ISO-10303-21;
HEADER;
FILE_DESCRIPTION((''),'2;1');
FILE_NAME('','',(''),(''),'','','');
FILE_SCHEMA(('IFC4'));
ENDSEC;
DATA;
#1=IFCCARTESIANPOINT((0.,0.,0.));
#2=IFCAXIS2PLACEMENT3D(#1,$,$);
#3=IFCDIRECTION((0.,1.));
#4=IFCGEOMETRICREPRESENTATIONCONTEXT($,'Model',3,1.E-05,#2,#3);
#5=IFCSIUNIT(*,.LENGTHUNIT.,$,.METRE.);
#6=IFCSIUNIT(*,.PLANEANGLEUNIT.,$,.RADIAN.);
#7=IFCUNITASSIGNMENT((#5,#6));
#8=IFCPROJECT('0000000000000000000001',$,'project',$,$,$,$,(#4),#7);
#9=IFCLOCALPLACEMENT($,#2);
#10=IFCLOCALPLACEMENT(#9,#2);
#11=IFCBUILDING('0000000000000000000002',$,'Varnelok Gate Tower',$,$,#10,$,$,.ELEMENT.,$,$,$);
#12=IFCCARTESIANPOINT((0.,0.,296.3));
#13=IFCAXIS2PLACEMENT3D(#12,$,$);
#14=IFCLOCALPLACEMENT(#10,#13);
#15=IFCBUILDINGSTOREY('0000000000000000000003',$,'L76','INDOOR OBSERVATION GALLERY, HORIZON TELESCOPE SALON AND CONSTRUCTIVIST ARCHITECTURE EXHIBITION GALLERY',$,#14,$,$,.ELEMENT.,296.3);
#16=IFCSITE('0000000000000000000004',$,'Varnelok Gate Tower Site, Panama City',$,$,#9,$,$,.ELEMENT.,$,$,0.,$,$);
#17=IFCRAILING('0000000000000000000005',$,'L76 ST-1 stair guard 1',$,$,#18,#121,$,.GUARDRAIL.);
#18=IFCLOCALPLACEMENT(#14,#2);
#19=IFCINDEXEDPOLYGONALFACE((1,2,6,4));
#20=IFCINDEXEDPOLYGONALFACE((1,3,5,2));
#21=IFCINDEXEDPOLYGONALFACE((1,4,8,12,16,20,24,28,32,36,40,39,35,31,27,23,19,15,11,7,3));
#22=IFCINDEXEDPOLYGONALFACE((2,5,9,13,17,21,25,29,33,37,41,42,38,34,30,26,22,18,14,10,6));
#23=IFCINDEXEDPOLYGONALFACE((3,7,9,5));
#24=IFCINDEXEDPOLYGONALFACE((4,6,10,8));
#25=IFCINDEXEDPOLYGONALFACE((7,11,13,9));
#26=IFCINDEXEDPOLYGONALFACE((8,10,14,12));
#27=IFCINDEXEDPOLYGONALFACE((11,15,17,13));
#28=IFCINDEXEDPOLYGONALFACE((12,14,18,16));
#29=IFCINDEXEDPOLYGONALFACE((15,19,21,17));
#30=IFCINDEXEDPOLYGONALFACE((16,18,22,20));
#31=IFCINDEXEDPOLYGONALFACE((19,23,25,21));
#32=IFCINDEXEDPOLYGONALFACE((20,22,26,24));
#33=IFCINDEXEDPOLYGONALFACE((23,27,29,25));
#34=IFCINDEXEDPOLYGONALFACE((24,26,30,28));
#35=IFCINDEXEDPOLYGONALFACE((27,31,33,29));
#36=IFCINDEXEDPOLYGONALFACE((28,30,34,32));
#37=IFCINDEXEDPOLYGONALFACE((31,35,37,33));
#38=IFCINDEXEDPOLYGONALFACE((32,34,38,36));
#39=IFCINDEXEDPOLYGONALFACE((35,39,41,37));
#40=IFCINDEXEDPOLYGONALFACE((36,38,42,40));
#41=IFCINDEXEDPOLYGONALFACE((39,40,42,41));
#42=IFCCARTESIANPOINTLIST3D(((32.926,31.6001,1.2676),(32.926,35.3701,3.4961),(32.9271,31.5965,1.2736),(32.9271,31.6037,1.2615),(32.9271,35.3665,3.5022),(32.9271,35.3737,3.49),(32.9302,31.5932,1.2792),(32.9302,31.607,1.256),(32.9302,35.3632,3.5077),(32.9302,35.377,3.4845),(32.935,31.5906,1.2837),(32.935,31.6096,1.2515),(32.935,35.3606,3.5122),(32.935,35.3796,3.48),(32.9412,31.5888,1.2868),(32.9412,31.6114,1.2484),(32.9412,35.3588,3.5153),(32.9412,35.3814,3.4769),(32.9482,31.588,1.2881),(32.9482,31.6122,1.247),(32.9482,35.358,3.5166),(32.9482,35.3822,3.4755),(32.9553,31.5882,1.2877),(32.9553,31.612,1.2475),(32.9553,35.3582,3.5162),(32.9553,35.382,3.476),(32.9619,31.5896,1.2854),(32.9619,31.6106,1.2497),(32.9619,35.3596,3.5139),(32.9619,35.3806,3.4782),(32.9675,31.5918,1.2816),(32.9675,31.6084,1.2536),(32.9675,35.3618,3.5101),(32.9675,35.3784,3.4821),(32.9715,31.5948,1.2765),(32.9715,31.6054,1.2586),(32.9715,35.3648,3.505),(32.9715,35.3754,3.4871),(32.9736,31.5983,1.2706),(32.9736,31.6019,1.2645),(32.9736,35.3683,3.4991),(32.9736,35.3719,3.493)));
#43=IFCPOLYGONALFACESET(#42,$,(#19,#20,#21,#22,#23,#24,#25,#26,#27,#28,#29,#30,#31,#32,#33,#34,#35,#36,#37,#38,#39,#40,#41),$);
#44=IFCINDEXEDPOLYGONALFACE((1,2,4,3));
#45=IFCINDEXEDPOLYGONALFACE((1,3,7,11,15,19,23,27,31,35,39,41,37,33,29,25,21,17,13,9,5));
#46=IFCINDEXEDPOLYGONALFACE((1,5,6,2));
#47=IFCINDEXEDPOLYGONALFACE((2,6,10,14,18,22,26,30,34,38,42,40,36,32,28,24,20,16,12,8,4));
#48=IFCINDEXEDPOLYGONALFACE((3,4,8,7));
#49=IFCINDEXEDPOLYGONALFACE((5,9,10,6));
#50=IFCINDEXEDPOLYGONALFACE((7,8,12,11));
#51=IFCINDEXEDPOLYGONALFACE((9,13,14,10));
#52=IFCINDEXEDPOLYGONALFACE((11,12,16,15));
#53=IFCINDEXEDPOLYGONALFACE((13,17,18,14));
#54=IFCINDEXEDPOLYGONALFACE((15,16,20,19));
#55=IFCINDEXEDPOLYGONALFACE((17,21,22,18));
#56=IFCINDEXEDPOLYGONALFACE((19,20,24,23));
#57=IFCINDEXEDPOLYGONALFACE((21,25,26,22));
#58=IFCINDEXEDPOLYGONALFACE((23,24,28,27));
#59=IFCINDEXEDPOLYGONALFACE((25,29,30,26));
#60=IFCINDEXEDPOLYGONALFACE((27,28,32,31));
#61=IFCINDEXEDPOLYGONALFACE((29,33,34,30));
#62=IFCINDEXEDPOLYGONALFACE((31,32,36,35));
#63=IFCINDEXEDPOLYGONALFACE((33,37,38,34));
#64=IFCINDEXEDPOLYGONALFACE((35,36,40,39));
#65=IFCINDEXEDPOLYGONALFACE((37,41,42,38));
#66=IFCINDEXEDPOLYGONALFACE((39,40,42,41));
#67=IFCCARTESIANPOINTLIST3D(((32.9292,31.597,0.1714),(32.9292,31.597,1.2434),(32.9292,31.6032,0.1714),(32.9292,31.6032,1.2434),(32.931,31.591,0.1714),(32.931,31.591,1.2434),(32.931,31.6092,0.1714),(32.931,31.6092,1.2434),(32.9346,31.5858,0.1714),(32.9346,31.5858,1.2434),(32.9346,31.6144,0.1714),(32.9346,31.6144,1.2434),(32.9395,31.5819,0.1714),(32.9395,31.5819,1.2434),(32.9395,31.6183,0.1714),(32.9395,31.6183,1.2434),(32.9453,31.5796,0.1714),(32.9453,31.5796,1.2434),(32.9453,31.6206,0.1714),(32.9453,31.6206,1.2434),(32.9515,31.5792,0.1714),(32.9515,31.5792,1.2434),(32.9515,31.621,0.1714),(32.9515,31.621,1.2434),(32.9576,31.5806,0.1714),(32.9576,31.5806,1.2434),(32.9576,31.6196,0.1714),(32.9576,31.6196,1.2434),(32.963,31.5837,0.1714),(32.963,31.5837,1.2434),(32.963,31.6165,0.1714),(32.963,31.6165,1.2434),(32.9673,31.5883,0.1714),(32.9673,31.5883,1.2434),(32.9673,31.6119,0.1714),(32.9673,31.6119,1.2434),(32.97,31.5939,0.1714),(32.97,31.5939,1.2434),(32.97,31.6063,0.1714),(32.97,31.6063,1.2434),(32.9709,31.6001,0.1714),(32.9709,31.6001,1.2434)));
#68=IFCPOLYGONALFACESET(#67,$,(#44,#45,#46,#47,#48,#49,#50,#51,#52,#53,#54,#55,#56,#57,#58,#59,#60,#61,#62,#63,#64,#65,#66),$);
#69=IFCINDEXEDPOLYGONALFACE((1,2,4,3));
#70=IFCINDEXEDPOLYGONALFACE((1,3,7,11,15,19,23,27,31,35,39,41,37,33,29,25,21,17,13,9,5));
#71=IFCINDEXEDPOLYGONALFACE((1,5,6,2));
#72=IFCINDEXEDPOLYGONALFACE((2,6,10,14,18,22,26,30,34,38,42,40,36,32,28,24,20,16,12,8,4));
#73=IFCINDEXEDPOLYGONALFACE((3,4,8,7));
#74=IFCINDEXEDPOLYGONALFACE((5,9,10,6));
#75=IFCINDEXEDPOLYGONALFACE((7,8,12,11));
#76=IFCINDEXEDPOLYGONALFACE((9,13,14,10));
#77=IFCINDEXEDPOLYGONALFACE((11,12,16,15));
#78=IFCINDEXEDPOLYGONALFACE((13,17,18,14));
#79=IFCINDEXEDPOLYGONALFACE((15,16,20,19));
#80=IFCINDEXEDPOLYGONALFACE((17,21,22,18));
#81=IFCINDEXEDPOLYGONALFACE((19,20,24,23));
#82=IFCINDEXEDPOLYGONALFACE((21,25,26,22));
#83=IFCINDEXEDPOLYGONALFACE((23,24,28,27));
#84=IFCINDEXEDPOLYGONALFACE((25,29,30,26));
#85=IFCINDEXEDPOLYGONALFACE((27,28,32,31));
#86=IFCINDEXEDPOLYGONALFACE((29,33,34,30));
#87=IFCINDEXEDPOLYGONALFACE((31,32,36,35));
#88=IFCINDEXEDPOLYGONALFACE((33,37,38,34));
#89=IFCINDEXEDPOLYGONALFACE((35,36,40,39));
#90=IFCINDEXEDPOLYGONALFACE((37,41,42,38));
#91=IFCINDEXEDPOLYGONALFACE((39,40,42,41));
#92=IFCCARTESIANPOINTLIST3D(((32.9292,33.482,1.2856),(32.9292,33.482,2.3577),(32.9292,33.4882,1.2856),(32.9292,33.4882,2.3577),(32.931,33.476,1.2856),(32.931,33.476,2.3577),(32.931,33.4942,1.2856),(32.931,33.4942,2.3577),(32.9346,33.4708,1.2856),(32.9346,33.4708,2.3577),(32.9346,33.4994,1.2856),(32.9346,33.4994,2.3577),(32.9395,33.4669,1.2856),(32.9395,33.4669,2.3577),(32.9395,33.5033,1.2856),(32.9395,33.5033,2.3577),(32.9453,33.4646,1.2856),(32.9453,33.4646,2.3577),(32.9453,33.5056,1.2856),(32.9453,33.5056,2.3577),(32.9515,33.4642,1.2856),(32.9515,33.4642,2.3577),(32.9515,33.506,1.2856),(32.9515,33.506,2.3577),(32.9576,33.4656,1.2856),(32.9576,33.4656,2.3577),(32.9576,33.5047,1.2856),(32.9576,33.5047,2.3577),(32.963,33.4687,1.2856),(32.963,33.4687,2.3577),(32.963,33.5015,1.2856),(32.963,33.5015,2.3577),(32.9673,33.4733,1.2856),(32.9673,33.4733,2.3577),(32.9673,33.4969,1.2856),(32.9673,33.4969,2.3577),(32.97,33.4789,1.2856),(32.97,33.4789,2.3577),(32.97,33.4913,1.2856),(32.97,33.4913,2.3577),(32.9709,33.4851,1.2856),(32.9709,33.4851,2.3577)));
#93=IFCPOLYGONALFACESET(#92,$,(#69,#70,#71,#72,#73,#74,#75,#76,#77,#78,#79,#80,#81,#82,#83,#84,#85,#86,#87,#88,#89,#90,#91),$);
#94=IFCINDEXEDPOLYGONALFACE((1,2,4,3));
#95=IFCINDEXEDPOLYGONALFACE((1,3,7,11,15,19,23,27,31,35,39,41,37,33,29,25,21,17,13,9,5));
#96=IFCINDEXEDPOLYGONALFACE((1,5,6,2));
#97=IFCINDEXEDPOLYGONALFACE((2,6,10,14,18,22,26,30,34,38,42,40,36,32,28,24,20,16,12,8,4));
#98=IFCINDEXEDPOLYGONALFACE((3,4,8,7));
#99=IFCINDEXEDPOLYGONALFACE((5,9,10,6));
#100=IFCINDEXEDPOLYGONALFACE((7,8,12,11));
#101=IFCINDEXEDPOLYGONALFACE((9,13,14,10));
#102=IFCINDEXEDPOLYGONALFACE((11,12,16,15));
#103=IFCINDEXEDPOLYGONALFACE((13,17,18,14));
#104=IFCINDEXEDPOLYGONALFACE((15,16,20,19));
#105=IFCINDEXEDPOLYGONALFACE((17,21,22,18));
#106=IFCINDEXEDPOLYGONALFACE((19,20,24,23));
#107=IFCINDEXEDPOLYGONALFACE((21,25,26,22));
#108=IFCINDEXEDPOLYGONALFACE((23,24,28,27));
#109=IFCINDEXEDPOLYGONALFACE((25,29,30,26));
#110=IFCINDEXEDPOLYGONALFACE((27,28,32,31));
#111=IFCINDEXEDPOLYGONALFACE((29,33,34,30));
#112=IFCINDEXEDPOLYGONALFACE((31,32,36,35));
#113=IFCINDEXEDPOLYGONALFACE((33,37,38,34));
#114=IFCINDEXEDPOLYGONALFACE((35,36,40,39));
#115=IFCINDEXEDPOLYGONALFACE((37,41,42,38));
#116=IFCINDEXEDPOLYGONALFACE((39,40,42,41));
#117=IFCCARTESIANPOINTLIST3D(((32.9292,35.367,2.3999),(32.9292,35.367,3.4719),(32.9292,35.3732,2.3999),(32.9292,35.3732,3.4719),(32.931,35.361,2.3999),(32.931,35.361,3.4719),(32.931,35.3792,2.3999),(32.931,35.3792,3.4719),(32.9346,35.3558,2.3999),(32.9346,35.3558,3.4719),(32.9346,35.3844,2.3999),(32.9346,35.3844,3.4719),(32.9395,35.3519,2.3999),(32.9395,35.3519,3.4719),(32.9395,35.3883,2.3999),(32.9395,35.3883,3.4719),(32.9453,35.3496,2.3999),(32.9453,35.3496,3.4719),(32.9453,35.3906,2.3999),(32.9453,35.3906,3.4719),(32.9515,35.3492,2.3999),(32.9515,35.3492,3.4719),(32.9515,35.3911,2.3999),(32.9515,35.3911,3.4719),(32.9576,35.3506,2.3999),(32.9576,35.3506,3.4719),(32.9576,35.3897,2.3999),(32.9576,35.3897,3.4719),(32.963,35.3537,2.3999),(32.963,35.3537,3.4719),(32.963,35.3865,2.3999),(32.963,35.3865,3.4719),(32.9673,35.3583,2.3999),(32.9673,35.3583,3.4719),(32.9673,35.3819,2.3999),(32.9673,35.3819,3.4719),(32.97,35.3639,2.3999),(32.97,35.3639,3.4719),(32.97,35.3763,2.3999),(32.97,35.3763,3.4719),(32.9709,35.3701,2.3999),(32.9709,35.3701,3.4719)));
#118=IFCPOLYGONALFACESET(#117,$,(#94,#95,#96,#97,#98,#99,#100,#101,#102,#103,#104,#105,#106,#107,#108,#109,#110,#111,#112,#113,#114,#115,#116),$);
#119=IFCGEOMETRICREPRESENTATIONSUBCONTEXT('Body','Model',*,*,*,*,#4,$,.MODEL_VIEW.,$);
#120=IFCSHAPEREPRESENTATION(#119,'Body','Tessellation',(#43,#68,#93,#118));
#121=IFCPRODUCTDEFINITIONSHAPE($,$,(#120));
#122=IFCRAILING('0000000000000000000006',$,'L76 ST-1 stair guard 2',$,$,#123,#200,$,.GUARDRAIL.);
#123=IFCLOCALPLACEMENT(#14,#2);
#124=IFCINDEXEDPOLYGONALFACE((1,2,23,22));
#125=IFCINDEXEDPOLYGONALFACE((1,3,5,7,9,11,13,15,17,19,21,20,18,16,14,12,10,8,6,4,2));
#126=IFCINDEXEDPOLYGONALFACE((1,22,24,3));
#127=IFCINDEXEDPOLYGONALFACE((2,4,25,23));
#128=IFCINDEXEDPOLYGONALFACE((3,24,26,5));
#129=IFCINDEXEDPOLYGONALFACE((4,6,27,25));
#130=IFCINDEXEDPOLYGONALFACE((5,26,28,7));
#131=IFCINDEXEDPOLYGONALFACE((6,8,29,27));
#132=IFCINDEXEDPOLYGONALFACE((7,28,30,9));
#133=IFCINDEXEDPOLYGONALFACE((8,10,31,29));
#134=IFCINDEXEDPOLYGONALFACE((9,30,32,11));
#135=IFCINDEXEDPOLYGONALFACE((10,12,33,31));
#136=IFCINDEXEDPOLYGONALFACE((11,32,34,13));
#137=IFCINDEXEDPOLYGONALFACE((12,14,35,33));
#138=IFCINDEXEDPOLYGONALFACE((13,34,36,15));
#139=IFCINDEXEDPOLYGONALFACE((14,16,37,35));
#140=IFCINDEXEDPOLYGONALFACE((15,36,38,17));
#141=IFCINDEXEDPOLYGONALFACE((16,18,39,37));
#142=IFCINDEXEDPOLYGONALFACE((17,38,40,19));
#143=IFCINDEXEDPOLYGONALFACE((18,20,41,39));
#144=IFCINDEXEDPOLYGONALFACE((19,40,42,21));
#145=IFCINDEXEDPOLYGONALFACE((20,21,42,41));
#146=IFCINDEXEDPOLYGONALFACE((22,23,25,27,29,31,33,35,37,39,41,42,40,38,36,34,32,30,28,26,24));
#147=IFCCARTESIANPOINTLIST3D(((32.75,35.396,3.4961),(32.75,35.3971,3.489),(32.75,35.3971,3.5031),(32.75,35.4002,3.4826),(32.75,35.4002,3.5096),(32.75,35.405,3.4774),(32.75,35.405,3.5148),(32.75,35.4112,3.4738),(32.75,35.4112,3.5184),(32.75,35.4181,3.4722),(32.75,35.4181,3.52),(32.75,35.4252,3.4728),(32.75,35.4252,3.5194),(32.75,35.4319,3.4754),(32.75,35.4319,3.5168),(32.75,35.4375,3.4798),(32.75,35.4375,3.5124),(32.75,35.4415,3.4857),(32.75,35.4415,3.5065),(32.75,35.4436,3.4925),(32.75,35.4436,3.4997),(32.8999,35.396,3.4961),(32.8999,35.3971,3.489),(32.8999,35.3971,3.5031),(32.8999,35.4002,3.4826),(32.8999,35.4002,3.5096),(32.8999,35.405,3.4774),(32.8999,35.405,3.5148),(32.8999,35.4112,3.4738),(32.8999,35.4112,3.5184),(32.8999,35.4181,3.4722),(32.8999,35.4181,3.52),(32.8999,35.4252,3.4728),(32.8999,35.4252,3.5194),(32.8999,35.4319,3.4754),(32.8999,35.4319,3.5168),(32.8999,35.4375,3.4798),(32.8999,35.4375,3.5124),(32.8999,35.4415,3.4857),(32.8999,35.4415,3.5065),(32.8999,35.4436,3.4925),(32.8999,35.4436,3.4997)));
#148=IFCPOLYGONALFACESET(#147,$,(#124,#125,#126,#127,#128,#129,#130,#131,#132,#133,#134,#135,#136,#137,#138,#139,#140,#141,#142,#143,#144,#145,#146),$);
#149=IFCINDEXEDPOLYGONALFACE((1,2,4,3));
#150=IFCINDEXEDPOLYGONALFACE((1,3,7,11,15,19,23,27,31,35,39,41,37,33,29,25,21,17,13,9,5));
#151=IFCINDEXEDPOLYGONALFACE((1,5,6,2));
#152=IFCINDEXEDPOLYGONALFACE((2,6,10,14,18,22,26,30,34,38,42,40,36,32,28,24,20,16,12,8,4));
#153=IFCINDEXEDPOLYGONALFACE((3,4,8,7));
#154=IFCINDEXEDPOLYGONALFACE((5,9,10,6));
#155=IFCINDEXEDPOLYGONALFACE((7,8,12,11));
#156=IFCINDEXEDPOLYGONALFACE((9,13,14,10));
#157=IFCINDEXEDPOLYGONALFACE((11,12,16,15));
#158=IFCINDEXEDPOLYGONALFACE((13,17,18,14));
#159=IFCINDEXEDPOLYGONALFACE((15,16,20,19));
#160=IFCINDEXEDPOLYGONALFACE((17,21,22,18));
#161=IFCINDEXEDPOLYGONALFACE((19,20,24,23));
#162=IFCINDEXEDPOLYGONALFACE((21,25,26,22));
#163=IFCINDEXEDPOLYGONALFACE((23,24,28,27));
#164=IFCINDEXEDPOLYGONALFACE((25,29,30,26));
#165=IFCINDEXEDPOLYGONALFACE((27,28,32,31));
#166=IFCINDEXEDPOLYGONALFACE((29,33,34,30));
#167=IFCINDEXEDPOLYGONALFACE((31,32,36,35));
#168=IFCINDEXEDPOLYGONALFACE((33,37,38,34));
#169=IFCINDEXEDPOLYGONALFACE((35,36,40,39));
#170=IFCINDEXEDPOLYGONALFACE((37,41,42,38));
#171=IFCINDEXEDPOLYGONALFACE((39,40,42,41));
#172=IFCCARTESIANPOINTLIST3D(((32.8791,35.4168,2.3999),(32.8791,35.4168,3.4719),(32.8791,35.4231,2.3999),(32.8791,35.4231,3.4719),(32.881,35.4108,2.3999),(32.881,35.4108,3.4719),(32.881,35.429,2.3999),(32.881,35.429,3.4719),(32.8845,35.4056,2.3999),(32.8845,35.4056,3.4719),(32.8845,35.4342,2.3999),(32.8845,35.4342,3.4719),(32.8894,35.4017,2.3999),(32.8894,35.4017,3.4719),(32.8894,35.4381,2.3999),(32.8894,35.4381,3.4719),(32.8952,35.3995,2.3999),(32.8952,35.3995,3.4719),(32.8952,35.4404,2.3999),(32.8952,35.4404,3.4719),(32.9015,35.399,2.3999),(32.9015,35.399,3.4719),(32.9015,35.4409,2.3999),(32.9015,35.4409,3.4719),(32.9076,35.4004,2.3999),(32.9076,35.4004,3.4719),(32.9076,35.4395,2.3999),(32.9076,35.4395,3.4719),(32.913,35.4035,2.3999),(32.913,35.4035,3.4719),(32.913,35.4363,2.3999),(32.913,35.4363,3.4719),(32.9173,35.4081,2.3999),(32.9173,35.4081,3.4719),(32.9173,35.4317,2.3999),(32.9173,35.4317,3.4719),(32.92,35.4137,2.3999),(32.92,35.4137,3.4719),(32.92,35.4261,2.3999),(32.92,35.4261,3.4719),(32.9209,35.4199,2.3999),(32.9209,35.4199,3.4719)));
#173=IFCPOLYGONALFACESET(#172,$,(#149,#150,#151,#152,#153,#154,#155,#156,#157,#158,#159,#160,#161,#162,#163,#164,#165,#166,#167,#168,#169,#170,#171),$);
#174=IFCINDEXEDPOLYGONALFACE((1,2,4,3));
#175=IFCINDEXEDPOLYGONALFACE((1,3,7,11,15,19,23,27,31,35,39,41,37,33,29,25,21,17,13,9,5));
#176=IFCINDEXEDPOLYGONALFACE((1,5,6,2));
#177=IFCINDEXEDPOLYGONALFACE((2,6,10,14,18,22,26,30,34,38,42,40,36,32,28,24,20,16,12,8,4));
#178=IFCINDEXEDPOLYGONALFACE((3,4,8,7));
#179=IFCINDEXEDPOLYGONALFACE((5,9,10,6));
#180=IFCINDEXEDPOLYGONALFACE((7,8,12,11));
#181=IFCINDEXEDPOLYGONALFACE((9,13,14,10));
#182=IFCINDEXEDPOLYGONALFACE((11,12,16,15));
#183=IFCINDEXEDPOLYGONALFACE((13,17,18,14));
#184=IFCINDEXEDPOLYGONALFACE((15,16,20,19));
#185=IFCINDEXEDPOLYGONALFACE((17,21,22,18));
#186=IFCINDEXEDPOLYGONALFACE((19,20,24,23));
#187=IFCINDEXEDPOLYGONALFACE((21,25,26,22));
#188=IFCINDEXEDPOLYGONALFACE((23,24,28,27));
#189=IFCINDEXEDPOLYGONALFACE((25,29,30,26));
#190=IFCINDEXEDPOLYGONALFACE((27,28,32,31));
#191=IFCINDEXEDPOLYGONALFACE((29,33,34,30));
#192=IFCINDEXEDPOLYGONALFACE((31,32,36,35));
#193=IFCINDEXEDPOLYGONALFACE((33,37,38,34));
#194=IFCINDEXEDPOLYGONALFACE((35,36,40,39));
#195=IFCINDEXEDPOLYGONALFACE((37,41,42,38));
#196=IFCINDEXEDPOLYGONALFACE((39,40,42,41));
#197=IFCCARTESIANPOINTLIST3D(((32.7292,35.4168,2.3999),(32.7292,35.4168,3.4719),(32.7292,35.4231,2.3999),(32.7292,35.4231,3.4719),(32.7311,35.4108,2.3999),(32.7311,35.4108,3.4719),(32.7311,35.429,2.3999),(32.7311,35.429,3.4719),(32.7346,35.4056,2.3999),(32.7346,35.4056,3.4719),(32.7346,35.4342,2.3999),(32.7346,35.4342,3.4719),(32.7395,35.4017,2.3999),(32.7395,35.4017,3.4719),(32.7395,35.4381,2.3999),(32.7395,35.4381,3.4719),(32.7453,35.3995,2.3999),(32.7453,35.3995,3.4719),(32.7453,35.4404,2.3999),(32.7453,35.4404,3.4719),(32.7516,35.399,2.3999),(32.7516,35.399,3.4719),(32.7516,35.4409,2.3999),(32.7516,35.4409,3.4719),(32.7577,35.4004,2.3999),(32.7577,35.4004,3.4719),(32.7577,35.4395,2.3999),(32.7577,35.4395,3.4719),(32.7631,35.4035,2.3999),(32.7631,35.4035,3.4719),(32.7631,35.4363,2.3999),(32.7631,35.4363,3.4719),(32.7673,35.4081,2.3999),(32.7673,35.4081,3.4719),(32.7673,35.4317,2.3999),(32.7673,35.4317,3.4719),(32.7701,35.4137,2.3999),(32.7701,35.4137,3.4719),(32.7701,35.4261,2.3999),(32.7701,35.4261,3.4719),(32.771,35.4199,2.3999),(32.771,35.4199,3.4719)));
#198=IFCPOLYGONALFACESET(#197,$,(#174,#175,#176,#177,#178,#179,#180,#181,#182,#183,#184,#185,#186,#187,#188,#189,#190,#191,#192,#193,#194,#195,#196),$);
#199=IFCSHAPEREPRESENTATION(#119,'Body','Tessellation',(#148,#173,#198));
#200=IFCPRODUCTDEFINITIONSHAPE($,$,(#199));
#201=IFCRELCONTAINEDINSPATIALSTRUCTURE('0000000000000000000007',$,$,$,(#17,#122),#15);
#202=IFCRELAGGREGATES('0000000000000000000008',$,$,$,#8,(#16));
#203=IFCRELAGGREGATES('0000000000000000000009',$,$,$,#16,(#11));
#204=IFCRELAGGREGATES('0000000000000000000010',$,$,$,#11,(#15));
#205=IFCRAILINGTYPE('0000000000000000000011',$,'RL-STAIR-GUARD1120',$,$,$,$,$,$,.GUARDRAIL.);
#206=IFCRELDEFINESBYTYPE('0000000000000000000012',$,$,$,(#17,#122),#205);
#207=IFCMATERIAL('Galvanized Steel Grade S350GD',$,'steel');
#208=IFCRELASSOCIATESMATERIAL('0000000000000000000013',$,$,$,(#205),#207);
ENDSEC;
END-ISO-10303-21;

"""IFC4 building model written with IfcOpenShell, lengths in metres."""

from ifc_helpers import new_model, si_unit, direction, frame, origin, origin_2d, place, context, subcontext, project, spatial, circle, extrude, material, type_object, element, save


model = new_model("IFC4")

# Units and contexts
model_context = context("Model", 3, precision=1e-05, world=origin(), true_north=direction((0.0, 1.0)))
body_context = subcontext(model_context, "Body", "Model", "MODEL_VIEW")
ifc_project = project(units=[si_unit("LENGTHUNIT", "METRE"), si_unit("PLANEANGLEUNIT", "RADIAN")], contexts=[model_context])

# Site, building, storey
site_placement = place(None, origin())
site = spatial("IfcSite", under=ifc_project, at=site_placement, Name="Varnelok Gate Tower Site, Panama City", CompositionType="ELEMENT", RefElevation=0.0)
building_placement = place(site_placement, origin())
building = spatial("IfcBuilding", under=site, at=building_placement, Name="Varnelok Gate Tower", CompositionType="ELEMENT")
storey_placement = place(building_placement, frame((0.0, 0.0, 296.3)))
storey = spatial("IfcBuildingStorey", under=building, at=storey_placement, Name="L76", Description="INDOOR OBSERVATION GALLERY, HORIZON TELESCOPE SALON AND CONSTRUCTIVIST ARCHITECTURE EXHIBITION GALLERY", CompositionType="ELEMENT", Elevation=296.3)

# Railings
ifc_material_1 = material(Name="Galvanized Steel Grade S350GD", Category="steel")
railing_type_1 = type_object("IfcRailingType", Name="RL-STAIR-GUARD1120", PredefinedType="GUARDRAIL", material=ifc_material_1)
railing_1_placement = place(storey_placement, frame((32.95, 31.6001, 0.1714)))
element("IfcRailing", 1, at=railing_1_placement, inside=storey, type_object=railing_type_1, Name="L76 ST-1 stair guard 1", PredefinedType="GUARDRAIL", context=body_context, shape_type="SweptSolid", body=[
    extrude(circle(Radius=0.0239, at=origin_2d()), frame((0.0, 0.0, 1.0962), z_axis=(0.0, 0.860849, 0.508861), x_axis=(-1.0, 0.0, 0.0)), (0.0, 0.0, 1.0), 4.3794),
    extrude(circle(Radius=0.021, at=origin_2d()), origin(), (0.0, 0.0, 1.0), 1.072),
    extrude(circle(Radius=0.021, at=origin_2d()), frame((0.0, 1.885, 1.1143)), (0.0, 0.0, 1.0), 1.072),
    extrude(circle(Radius=0.021, at=origin_2d()), frame((0.0, 3.77, 2.2285)), (0.0, 0.0, 1.0), 1.072),
])
railing_2_placement = place(storey_placement, frame((32.8999, 35.4199, 2.3999)))
element("IfcRailing", 2, at=railing_2_placement, inside=storey, type_object=railing_type_1, Name="L76 ST-1 stair guard 2", PredefinedType="GUARDRAIL", context=body_context, shape_type="SweptSolid", body=[
    extrude(circle(Radius=0.0239, at=origin_2d()), frame((0.0, 0.0, 1.0962), z_axis=(-1.0, 0.0, 0.0), x_axis=(0.0, -1.0, 0.0)), (0.0, 0.0, 1.0), 0.1499),
    extrude(circle(Radius=0.021, at=origin_2d()), origin(), (0.0, 0.0, 1.0), 1.072),
    extrude(circle(Radius=0.021, at=origin_2d()), frame((-0.1499, 0.0, 0.0)), (0.0, 0.0, 1.0), 1.072),
])

save(model, "model.ifc")
